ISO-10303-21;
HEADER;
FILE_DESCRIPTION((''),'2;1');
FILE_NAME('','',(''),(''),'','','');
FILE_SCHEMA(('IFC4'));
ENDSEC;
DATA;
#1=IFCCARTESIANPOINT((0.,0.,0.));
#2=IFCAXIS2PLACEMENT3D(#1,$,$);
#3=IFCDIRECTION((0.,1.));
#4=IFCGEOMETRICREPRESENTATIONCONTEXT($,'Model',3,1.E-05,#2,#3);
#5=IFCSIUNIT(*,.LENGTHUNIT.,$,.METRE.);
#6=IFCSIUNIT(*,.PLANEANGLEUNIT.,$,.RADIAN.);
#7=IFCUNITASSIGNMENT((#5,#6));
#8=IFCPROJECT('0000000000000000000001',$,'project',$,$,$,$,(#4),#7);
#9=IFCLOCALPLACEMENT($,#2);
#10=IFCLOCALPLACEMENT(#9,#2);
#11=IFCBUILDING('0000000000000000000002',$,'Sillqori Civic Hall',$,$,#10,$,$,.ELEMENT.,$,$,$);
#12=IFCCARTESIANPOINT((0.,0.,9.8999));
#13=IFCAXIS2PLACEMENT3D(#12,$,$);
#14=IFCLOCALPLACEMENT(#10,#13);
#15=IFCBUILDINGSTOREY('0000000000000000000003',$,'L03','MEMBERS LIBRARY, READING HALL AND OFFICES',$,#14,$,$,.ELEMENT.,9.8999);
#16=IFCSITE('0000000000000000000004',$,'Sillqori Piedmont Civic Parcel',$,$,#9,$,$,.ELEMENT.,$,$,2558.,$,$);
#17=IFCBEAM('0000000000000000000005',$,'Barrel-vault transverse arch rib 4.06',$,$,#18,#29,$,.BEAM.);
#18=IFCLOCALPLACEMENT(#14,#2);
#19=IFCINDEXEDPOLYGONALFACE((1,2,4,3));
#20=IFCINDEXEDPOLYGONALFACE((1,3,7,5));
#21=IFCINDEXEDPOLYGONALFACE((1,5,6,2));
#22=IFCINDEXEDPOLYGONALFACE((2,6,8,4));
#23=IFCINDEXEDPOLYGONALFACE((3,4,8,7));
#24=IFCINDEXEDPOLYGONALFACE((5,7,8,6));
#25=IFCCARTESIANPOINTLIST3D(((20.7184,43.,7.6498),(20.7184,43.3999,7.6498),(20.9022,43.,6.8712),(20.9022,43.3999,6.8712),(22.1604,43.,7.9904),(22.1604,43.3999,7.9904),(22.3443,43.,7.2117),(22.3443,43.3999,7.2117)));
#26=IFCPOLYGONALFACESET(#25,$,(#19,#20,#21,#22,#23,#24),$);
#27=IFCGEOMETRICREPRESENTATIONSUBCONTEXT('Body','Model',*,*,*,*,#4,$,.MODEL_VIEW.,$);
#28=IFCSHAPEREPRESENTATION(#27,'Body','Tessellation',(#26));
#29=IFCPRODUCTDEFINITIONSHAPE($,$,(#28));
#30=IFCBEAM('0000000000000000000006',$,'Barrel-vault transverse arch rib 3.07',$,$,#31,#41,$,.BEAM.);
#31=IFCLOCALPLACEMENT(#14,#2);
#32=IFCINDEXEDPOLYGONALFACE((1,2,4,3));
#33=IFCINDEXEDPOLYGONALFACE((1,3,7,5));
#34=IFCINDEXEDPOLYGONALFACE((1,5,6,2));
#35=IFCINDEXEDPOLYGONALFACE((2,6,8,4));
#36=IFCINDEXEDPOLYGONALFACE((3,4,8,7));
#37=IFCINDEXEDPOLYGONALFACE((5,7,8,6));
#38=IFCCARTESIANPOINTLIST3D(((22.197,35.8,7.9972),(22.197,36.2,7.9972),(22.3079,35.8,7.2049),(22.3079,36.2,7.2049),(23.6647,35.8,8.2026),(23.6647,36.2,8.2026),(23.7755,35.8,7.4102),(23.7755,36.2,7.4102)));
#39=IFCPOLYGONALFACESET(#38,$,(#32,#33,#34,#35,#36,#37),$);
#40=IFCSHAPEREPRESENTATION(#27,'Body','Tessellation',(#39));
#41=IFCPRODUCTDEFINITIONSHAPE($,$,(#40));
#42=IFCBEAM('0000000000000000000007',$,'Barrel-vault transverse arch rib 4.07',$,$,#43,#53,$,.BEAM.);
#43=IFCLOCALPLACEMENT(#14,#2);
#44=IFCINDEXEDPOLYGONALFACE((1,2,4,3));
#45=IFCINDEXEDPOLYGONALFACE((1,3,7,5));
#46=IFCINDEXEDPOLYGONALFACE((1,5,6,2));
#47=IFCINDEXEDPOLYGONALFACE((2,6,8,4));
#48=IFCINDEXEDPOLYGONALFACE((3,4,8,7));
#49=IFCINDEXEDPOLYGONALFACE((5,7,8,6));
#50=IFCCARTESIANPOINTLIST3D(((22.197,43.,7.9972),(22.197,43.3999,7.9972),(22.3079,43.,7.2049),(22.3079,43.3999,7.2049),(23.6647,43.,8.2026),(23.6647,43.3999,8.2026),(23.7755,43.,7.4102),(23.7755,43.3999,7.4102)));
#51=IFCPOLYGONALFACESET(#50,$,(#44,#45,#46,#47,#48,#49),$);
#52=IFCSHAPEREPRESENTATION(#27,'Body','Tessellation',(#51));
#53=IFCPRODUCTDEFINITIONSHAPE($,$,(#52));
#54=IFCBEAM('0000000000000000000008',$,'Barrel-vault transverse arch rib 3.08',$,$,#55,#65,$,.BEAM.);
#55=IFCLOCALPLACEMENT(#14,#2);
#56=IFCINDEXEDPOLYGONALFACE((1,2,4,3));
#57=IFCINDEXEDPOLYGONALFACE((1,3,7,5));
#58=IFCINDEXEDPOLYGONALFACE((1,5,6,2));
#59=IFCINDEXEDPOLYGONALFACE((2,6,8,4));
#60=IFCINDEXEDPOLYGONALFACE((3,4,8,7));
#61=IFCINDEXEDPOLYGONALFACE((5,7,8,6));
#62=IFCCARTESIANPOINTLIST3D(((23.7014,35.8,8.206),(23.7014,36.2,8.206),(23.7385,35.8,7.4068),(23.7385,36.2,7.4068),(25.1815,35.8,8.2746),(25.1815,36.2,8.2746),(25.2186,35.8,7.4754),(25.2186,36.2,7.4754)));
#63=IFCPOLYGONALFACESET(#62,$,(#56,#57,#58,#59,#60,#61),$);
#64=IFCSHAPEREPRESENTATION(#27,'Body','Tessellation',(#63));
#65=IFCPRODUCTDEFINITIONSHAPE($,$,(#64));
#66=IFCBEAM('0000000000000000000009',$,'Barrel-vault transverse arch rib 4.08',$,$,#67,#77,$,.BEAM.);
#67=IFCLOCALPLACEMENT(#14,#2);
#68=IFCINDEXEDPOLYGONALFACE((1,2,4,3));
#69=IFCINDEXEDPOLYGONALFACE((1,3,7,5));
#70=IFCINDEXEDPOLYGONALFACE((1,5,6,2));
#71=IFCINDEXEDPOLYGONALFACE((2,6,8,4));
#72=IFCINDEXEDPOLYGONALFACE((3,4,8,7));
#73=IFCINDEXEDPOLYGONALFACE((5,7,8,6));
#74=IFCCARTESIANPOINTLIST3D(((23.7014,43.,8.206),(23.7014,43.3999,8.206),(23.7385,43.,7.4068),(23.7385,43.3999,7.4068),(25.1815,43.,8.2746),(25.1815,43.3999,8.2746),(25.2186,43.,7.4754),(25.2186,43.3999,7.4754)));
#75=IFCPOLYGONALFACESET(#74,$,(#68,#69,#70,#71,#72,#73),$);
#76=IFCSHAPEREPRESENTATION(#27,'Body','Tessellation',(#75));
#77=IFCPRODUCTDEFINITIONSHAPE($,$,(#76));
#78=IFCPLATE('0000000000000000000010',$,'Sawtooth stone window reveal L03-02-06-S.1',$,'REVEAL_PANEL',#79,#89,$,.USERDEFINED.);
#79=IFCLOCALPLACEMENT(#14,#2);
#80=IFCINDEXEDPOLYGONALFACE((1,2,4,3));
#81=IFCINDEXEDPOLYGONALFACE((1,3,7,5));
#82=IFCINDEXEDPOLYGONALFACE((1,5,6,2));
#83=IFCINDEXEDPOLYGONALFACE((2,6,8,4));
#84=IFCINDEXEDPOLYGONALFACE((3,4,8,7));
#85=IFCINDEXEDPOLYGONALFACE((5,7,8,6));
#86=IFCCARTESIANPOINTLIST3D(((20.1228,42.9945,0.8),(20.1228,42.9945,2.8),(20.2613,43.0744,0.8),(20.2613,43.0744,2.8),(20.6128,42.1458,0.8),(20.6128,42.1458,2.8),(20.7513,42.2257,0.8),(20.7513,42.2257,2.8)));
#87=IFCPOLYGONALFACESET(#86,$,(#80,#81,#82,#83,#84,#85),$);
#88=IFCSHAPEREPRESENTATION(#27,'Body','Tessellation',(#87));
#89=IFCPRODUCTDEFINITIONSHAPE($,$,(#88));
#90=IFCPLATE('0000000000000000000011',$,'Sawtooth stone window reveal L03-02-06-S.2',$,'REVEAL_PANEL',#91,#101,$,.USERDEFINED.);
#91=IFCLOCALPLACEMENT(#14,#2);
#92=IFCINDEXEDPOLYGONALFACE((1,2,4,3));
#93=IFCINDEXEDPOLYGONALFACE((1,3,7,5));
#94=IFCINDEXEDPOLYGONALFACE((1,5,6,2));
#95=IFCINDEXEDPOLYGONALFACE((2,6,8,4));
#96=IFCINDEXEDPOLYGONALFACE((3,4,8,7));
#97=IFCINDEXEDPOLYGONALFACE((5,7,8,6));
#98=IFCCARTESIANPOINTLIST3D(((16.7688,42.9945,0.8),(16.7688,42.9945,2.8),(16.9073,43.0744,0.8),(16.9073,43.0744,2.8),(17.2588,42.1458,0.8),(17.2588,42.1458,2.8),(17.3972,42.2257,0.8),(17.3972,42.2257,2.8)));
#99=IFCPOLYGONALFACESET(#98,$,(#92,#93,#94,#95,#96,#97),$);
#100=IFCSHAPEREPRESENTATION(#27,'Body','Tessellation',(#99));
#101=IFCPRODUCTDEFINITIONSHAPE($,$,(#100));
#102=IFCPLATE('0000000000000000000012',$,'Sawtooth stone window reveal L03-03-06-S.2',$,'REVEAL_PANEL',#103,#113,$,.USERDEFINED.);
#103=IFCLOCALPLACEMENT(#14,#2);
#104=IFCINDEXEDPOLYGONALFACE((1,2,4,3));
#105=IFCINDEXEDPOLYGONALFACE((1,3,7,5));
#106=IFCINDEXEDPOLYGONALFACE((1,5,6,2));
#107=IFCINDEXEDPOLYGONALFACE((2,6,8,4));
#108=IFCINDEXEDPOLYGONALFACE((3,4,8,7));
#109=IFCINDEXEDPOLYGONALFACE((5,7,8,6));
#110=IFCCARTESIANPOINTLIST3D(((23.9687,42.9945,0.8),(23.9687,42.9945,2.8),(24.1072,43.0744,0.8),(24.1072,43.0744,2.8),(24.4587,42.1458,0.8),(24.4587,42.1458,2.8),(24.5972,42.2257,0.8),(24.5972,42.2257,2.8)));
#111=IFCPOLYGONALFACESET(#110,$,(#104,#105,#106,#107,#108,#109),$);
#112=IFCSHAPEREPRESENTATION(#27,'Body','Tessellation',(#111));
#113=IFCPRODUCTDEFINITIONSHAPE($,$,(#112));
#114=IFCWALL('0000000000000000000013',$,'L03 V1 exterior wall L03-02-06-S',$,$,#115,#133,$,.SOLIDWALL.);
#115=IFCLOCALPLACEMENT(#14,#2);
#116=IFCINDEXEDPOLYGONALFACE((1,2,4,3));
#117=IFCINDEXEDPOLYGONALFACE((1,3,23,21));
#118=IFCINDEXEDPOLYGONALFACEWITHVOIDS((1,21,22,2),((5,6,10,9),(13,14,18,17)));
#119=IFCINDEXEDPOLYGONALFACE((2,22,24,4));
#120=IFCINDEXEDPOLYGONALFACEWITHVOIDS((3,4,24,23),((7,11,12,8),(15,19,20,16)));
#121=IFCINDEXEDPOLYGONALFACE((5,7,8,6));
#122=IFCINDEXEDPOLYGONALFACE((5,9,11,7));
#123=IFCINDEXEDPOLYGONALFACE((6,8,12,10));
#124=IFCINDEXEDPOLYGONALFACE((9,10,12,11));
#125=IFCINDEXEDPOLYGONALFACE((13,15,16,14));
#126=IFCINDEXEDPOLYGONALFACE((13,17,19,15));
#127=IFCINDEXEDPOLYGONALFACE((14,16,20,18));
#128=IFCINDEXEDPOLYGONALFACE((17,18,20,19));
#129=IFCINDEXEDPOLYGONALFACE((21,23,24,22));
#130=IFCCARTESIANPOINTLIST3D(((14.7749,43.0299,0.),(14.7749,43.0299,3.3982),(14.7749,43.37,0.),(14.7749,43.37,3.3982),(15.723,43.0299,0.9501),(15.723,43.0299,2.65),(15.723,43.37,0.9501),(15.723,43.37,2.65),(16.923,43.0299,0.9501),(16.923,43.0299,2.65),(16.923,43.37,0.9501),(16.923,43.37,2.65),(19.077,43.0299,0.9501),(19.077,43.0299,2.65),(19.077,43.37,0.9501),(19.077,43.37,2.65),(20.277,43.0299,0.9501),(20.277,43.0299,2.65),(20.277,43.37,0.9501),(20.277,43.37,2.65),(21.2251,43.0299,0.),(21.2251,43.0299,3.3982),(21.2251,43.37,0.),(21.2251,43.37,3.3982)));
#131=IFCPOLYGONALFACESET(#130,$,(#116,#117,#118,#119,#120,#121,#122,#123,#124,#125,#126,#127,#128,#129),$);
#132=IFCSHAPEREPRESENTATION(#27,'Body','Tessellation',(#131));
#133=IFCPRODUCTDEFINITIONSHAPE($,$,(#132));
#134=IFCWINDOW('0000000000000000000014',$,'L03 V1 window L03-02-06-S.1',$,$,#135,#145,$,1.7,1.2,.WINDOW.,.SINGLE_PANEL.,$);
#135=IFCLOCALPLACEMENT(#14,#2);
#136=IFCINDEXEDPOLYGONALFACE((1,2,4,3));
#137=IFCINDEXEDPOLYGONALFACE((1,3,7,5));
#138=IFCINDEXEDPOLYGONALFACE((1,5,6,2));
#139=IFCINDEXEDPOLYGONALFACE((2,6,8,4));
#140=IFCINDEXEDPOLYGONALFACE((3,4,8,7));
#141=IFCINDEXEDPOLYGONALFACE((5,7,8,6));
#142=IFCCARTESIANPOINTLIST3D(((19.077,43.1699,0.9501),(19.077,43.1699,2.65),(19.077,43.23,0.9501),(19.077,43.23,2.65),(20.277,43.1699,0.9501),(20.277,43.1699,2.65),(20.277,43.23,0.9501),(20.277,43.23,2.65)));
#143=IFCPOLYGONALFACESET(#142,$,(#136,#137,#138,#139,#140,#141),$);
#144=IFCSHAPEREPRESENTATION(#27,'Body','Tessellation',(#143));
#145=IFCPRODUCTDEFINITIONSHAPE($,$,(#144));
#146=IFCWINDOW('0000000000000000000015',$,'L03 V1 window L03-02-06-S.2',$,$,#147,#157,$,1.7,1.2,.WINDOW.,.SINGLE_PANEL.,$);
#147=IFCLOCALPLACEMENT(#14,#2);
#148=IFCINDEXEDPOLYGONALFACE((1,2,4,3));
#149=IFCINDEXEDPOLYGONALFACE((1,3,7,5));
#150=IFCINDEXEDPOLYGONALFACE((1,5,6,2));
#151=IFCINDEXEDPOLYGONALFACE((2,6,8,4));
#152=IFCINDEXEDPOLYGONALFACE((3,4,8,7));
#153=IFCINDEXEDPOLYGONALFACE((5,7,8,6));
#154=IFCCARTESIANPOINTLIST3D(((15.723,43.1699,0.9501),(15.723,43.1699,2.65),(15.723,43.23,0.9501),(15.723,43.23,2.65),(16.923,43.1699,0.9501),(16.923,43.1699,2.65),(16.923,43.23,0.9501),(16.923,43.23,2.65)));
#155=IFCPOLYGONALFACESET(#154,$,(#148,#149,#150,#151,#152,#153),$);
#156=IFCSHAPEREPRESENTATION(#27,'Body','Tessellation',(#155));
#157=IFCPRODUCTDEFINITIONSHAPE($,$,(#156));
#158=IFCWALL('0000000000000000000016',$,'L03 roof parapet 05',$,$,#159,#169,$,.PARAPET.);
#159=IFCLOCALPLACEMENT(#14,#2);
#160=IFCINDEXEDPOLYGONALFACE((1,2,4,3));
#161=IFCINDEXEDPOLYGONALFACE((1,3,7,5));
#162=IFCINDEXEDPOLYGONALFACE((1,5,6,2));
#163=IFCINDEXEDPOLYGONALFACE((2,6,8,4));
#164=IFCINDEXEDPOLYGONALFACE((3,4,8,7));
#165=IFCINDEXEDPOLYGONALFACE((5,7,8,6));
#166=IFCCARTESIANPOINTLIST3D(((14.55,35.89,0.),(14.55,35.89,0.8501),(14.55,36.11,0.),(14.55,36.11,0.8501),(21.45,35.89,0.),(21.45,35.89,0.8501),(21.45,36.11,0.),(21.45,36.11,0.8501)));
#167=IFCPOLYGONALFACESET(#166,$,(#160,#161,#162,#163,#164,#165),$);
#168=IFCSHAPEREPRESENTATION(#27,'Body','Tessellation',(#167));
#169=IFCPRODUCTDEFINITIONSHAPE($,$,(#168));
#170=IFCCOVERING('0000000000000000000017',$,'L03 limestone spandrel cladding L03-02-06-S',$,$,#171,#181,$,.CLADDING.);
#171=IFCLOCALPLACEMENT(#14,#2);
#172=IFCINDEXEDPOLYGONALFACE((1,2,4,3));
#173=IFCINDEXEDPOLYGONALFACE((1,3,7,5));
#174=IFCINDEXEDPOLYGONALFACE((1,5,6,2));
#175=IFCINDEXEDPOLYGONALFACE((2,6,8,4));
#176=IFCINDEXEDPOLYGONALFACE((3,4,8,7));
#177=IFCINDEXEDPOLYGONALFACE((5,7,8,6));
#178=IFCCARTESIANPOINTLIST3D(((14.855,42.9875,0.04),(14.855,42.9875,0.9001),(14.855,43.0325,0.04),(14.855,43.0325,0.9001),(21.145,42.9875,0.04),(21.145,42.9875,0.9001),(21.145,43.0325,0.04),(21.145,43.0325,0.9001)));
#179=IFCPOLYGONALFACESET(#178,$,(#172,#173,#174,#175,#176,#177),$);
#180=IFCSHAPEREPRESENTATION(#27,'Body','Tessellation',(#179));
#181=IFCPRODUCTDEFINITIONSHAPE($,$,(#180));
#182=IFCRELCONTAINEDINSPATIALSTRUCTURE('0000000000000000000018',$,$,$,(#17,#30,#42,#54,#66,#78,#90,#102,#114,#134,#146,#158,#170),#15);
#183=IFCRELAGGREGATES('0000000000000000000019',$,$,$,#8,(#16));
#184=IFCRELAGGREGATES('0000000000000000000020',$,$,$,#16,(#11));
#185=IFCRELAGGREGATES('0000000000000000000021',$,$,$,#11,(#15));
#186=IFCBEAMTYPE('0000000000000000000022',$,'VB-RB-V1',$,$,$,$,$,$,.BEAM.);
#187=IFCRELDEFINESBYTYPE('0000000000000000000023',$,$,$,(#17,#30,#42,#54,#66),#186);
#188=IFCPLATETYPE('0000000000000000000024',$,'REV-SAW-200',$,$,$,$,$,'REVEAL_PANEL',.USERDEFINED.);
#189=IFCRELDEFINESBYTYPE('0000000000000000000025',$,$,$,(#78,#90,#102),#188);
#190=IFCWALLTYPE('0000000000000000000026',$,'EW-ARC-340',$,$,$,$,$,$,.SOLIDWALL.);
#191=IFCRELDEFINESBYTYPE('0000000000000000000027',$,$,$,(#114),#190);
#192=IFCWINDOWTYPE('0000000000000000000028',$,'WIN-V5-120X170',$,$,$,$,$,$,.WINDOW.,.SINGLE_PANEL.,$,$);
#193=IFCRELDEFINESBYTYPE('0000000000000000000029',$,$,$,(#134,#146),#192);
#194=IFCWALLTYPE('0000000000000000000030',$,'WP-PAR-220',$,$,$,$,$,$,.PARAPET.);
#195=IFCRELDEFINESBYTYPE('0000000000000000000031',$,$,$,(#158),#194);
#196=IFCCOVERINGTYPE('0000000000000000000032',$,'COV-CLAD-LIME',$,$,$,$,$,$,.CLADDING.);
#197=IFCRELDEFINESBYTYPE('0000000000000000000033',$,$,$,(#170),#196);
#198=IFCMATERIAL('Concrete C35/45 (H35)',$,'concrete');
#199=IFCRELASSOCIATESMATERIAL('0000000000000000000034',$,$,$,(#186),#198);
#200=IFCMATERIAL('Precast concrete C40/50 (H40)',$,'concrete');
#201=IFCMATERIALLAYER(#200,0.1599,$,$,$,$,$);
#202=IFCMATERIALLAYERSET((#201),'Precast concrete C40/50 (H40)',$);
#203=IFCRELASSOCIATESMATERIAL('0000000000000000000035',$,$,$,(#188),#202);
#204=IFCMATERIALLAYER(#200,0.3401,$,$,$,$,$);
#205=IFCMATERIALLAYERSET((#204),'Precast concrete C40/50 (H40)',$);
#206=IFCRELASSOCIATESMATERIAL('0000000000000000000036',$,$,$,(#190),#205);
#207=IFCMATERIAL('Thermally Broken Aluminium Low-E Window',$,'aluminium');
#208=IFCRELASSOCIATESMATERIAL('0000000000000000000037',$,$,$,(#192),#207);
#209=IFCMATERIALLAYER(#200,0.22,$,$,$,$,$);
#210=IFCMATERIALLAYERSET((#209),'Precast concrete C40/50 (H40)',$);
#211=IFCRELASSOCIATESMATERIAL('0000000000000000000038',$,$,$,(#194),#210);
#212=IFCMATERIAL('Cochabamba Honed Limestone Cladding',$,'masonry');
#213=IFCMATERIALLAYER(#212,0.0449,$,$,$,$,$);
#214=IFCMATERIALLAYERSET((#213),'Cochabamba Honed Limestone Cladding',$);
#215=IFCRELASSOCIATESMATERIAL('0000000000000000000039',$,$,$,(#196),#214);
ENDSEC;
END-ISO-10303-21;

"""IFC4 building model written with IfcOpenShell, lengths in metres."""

from ifc_helpers import new_model, si_unit, direction, frame, frame_2d, origin, origin_2d, place, context, subcontext, project, spatial, rectangle, extrude, material, layer, layer_set, material_profile, profile_set, type_object, element, fill, save


model = new_model("IFC4")

# Units and contexts
model_context = context("Model", 3, precision=1e-05, world=origin(), true_north=direction((0.0, 1.0)))
body_context = subcontext(model_context, "Body", "Model", "MODEL_VIEW")
ifc_project = project(units=[si_unit("LENGTHUNIT", "METRE"), si_unit("PLANEANGLEUNIT", "RADIAN")], contexts=[model_context])

# Site, building, storey
site_placement = place(None, origin())
site = spatial("IfcSite", under=ifc_project, at=site_placement, Name="Sillqori Piedmont Civic Parcel", CompositionType="ELEMENT", RefElevation=2558.0)
building_placement = place(site_placement, origin())
building = spatial("IfcBuilding", under=site, at=building_placement, Name="Sillqori Civic Hall", CompositionType="ELEMENT")
storey_placement = place(building_placement, frame((0.0, 0.0, 9.8999)))
storey = spatial("IfcBuildingStorey", under=building, at=storey_placement, Name="L03", Description="MEMBERS LIBRARY, READING HALL AND OFFICES", CompositionType="ELEMENT", Elevation=9.8999)

# Shared definitions
ifc_material_1 = material(Name="Concrete C35/45 (H35)", Category="concrete")

# Beams
ifc_material_profile_1 = material_profile(ifc_material_1, rectangle(XDim=0.3999, YDim=0.8, at=origin_2d()), Name="RC 400x800")
ifc_profile_set_1 = profile_set([ifc_material_profile_1], Name="Concrete C35/45 (H35)")
beam_type_1 = type_object("IfcBeamType", Name="VB-RB-V1", PredefinedType="BEAM", material=ifc_profile_set_1)
for number, where, z_axis, x_axis, name in (
    (1, (20.8103, 43.2, 7.2605), (0.973229, 0.0, 0.229838), (0.0, 1.0, 0.0), "Barrel-vault transverse arch rib 4.06"),
):
    element("IfcBeam", number, at=place(storey_placement, frame(where, z_axis=z_axis, x_axis=x_axis)), inside=storey, type_object=beam_type_1, Name=name, PredefinedType="BEAM", context=body_context, shape_type="SweptSolid", body=[
        extrude(rectangle(XDim=0.3999, YDim=0.8, at=origin_2d()), origin(), (0.0, 0.0, 1.0), 1.4817),
    ])
for number, where, z_axis, x_axis, name in (
    (2, (22.2524, 36.0, 7.6011), (0.990354, 0.0, 0.138561), (0.0, 1.0, 0.0), "Barrel-vault transverse arch rib 3.07"),
    (3, (22.2524, 43.2, 7.6011), (0.990354, 0.0, 0.138561), (0.0, 1.0, 0.0), "Barrel-vault transverse arch rib 4.07"),
):
    element("IfcBeam", number, at=place(storey_placement, frame(where, z_axis=z_axis, x_axis=x_axis)), inside=storey, type_object=beam_type_1, Name=name, PredefinedType="BEAM", context=body_context, shape_type="SweptSolid", body=[
        extrude(rectangle(XDim=0.3999, YDim=0.8, at=origin_2d()), origin(), (0.0, 0.0, 1.0), 1.4819),
    ])
for number, where, z_axis, x_axis, name in (
    (4, (23.72, 36.0, 7.8064), (0.998927, 0.0, 0.046305), (0.0, 1.0, 0.0), "Barrel-vault transverse arch rib 3.08"),
    (5, (23.72, 43.2, 7.8064), (0.998927, 0.0, 0.046305), (0.0, 1.0, 0.0), "Barrel-vault transverse arch rib 4.08"),
):
    element("IfcBeam", number, at=place(storey_placement, frame(where, z_axis=z_axis, x_axis=x_axis)), inside=storey, type_object=beam_type_1, Name=name, PredefinedType="BEAM", context=body_context, shape_type="SweptSolid", body=[
        extrude(rectangle(XDim=0.3999, YDim=0.8, at=origin_2d()), origin(), (0.0, 0.0, 1.0), 1.4817),
    ])

# Plates
ifc_material_2 = material(Name="Precast concrete C40/50 (H40)", Category="concrete")
ifc_layer_1 = layer(ifc_material_2, 0.1599)
ifc_layer_set_1 = layer_set([ifc_layer_1], Name="Precast concrete C40/50 (H40)")
plate_type = type_object("IfcPlateType", Name="REV-SAW-200", ElementType="REVEAL_PANEL", PredefinedType="USERDEFINED", material=ifc_layer_set_1)
for number, where, z_axis, x_axis, name in (
    (6, (20.437, 42.6101, 0.8), (0.0, 0.0, 1.0), (-0.866025, -0.5, 0.0), "Sawtooth stone window reveal L03-02-06-S.1"),
    (7, (17.083, 42.6101, 0.8), (0.0, 0.0, 1.0), (-0.866025, -0.5, 0.0), "Sawtooth stone window reveal L03-02-06-S.2"),
    (8, (24.283, 42.6101, 0.8), (0.0, 0.0, 1.0), (-0.866025, -0.5, 0.0), "Sawtooth stone window reveal L03-03-06-S.2"),
):
    element("IfcPlate", number, at=place(storey_placement, frame(where, z_axis=z_axis, x_axis=x_axis)), inside=storey, type_object=plate_type, Name=name, ObjectType="REVEAL_PANEL", PredefinedType="USERDEFINED", context=body_context, shape_type="SweptSolid", body=[
        extrude(rectangle(XDim=0.1599, YDim=0.98, at=origin_2d()), origin(), (0.0, 0.0, 1.0), 2.0),
    ])

# Wall, openings, windows
ifc_layer_2 = layer(ifc_material_2, 0.3401)
ifc_layer_set_2 = layer_set([ifc_layer_2], Name="Precast concrete C40/50 (H40)")
wall_type_1 = type_object("IfcWallType", Name="EW-ARC-340", PredefinedType="SOLIDWALL", material=ifc_layer_set_2)
wall_1_placement = place(storey_placement, frame((21.2251, 43.2, 0.0), z_axis=(0.0, 0.0, 1.0), x_axis=(-1.0, 0.0, 0.0)))
wall_1 = element("IfcWall", 9, at=wall_1_placement, inside=storey, type_object=wall_type_1, Name="L03 V1 exterior wall L03-02-06-S", PredefinedType="SOLIDWALL", context=body_context, shape_type="SweptSolid", body=[
    extrude(rectangle(XDim=6.4502, YDim=0.3401, at=frame_2d((3.2251, 0.0))), origin(), (0.0, 0.0, 1.0), 3.3982),
])
opening_1_placement = place(wall_1_placement, frame((0.948, 0.0, 0.95)))
opening_1 = element("IfcOpeningElement", 10, at=opening_1_placement, cuts=wall_1, PredefinedType="OPENING", context=body_context, shape_type="SweptSolid", body=[
    extrude(rectangle(XDim=1.2, YDim=1.7, at=frame_2d((0.6001, 0.8501))), frame((0.0, 0.1799, 0.0), z_axis=(0.0, -1.0, 0.0), x_axis=(1.0, 0.0, 0.0)), (0.0, 0.0, 1.0), 0.3601),
])
opening_2_placement = place(wall_1_placement, frame((4.302, 0.0, 0.95)))
opening_2 = element("IfcOpeningElement", 11, at=opening_2_placement, cuts=wall_1, PredefinedType="OPENING", context=body_context, shape_type="SweptSolid", body=[
    extrude(rectangle(XDim=1.2, YDim=1.7, at=frame_2d((0.6001, 0.8501))), frame((0.0, 0.1799, 0.0), z_axis=(0.0, -1.0, 0.0), x_axis=(1.0, 0.0, 0.0)), (0.0, 0.0, 1.0), 0.3601),
])
ifc_material_3 = material(Name="Thermally Broken Aluminium Low-E Window", Category="aluminium")
window_type = type_object("IfcWindowType", Name="WIN-V5-120X170", PartitioningType="SINGLE_PANEL", PredefinedType="WINDOW", material=ifc_material_3)
window_1_placement = place(opening_1_placement, origin())
window_1 = element("IfcWindow", 12, at=window_1_placement, inside=storey, type_object=window_type, Name="L03 V1 window L03-02-06-S.1", OverallHeight=1.7, OverallWidth=1.2, PartitioningType="SINGLE_PANEL", PredefinedType="WINDOW", context=body_context, shape_type="SweptSolid", body=[
    extrude(rectangle(XDim=1.2, YDim=1.7, at=frame_2d((0.6001, 0.8501))), frame((0.0, 0.03, 0.0), z_axis=(0.0, -1.0, 0.0), x_axis=(1.0, 0.0, 0.0)), (0.0, 0.0, 1.0), 0.0601),
])
fill(opening_1, window_1)
window_2_placement = place(opening_2_placement, origin())
window_2 = element("IfcWindow", 13, at=window_2_placement, inside=storey, type_object=window_type, Name="L03 V1 window L03-02-06-S.2", OverallHeight=1.7, OverallWidth=1.2, PartitioningType="SINGLE_PANEL", PredefinedType="WINDOW", context=body_context, shape_type="SweptSolid", body=[
    extrude(rectangle(XDim=1.2, YDim=1.7, at=frame_2d((0.6001, 0.8501))), frame((0.0, 0.03, 0.0), z_axis=(0.0, -1.0, 0.0), x_axis=(1.0, 0.0, 0.0)), (0.0, 0.0, 1.0), 0.0601),
])
fill(opening_2, window_2)

# Wall
ifc_layer_3 = layer(ifc_material_2, 0.22)
ifc_layer_set_3 = layer_set([ifc_layer_3], Name="Precast concrete C40/50 (H40)")
wall_type_2 = type_object("IfcWallType", Name="WP-PAR-220", PredefinedType="PARAPET", material=ifc_layer_set_3)
wall_2_placement = place(storey_placement, frame((21.45, 36.0, 0.0), z_axis=(0.0, 0.0, 1.0), x_axis=(-1.0, 0.0, 0.0)))
element("IfcWall", 14, at=wall_2_placement, inside=storey, type_object=wall_type_2, Name="L03 roof parapet 05", PredefinedType="PARAPET", context=body_context, shape_type="SweptSolid", body=[
    extrude(rectangle(XDim=6.8999, YDim=0.22, at=frame_2d((3.45, 0.0))), origin(), (0.0, 0.0, 1.0), 0.8501),
])

# Covering
ifc_material_4 = material(Name="Cochabamba Honed Limestone Cladding", Category="masonry")
ifc_layer_4 = layer(ifc_material_4, 0.0449)
ifc_layer_set_4 = layer_set([ifc_layer_4], Name="Cochabamba Honed Limestone Cladding")
covering_type = type_object("IfcCoveringType", Name="COV-CLAD-LIME", PredefinedType="CLADDING", material=ifc_layer_set_4)
covering_1_placement = place(storey_placement, frame((21.145, 43.01, 0.04), z_axis=(0.0, 0.0, 1.0), x_axis=(-1.0, 0.0, 0.0)))
element("IfcCovering", 15, at=covering_1_placement, inside=storey, type_object=covering_type, Name="L03 limestone spandrel cladding L03-02-06-S", PredefinedType="CLADDING", context=body_context, shape_type="SweptSolid", body=[
    extrude(rectangle(XDim=6.29, YDim=0.0449, at=frame_2d((3.145, 0.0))), origin(), (0.0, 0.0, 1.0), 0.8601),
])

save(model, "model.ifc")
